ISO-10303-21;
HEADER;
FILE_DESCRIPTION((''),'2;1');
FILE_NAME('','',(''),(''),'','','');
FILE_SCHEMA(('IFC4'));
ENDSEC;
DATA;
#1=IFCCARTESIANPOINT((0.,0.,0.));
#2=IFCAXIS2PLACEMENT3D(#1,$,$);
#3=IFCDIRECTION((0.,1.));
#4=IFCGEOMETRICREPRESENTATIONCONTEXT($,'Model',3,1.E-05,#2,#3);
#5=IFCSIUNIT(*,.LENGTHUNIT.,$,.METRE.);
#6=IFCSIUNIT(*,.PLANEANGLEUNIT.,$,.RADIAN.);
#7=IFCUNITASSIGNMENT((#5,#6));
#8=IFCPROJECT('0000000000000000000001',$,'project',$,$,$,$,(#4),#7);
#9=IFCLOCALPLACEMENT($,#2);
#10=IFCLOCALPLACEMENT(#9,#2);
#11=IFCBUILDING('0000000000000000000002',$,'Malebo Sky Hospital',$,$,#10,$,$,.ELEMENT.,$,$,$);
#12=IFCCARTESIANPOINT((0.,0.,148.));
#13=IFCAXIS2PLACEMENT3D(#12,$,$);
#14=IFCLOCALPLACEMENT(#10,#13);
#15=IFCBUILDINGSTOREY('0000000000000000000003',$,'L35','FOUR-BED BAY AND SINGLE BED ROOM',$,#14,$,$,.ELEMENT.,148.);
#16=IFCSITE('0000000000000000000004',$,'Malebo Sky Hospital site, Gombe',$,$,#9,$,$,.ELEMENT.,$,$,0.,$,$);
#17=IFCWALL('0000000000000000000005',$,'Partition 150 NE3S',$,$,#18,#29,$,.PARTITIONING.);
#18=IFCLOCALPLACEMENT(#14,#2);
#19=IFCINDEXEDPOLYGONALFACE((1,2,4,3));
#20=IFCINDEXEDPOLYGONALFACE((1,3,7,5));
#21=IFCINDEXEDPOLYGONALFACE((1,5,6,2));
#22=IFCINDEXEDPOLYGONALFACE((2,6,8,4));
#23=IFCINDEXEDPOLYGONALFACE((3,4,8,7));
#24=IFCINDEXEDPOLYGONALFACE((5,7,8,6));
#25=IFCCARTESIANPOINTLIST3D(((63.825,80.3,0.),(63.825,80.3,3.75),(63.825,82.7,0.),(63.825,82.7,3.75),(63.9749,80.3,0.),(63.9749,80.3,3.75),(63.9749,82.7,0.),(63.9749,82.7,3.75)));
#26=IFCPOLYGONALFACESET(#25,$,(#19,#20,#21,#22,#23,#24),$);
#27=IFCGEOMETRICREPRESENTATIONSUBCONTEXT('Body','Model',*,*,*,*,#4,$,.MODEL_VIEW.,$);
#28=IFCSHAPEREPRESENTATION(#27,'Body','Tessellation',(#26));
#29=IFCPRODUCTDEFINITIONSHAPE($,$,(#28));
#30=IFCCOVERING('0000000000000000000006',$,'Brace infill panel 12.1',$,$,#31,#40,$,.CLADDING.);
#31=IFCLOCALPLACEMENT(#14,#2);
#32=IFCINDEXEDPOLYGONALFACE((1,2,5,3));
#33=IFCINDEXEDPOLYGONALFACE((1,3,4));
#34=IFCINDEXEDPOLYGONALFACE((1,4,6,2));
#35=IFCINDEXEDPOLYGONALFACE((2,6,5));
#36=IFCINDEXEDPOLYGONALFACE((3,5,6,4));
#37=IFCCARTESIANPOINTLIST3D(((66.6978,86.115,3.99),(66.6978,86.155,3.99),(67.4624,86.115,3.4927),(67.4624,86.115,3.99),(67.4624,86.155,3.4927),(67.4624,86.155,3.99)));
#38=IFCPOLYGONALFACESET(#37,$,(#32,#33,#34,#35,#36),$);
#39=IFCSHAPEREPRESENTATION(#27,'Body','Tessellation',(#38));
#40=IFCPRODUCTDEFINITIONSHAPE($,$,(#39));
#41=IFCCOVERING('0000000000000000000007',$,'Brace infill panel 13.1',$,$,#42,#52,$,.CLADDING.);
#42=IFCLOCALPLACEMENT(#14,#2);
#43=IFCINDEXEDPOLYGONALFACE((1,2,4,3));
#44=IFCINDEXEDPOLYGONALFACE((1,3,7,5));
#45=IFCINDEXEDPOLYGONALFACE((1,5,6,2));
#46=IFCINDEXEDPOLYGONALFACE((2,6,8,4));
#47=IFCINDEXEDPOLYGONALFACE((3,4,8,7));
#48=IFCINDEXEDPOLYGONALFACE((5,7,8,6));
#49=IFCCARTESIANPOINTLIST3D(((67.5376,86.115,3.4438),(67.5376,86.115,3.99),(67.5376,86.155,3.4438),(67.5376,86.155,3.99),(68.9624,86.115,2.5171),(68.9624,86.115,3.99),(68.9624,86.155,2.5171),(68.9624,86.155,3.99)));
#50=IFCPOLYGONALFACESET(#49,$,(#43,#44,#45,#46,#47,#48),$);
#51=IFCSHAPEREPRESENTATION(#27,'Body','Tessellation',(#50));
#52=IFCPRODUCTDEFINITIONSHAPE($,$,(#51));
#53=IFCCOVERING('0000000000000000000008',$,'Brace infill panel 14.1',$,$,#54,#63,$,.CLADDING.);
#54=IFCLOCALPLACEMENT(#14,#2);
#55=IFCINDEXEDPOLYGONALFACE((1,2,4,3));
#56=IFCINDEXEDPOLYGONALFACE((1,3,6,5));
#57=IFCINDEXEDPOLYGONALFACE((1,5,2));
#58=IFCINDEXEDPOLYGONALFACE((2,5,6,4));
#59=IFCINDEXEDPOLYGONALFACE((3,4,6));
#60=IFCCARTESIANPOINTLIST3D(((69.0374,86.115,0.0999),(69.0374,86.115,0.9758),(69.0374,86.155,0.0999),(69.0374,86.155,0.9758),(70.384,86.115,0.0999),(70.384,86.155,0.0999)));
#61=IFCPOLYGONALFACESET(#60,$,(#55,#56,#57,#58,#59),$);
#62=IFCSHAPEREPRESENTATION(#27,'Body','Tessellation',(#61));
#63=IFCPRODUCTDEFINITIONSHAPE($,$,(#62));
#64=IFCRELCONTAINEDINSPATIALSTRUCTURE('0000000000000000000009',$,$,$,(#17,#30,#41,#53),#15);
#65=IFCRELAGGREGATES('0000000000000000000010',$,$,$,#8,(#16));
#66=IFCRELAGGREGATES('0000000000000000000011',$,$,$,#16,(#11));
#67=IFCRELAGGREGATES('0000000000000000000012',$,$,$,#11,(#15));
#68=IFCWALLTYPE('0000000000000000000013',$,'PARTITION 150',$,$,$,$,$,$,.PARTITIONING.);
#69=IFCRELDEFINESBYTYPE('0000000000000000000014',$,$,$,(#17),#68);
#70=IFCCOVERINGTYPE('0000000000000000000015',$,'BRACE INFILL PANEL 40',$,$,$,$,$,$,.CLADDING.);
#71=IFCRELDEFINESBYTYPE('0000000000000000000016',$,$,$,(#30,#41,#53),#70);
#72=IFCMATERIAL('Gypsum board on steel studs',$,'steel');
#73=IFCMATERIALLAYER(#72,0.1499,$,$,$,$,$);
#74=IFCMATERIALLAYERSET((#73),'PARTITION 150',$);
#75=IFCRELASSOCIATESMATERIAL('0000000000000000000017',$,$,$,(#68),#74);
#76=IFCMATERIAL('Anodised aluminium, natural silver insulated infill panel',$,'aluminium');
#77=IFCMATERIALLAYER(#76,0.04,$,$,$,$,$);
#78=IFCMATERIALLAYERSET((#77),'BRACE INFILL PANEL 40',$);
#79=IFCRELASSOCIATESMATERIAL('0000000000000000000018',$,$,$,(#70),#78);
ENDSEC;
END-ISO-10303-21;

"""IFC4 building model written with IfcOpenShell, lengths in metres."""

from ifc_helpers import new_model, si_unit, direction, frame, frame_2d, origin, place, context, subcontext, project, spatial, polyline, rectangle, outline, extrude, material, layer, layer_set, type_object, element, save


model = new_model("IFC4")

# Units and contexts
model_context = context("Model", 3, precision=1e-05, world=origin(), true_north=direction((0.0, 1.0)))
body_context = subcontext(model_context, "Body", "Model", "MODEL_VIEW")
ifc_project = project(units=[si_unit("LENGTHUNIT", "METRE"), si_unit("PLANEANGLEUNIT", "RADIAN")], contexts=[model_context])

# Site, building, storey
site_placement = place(None, origin())
site = spatial("IfcSite", under=ifc_project, at=site_placement, Name="Malebo Sky Hospital site, Gombe", CompositionType="ELEMENT", RefElevation=0.0)
building_placement = place(site_placement, origin())
building = spatial("IfcBuilding", under=site, at=building_placement, Name="Malebo Sky Hospital", CompositionType="ELEMENT")
storey_placement = place(building_placement, frame((0.0, 0.0, 148.0)))
storey = spatial("IfcBuildingStorey", under=building, at=storey_placement, Name="L35", Description="FOUR-BED BAY AND SINGLE BED ROOM", CompositionType="ELEMENT", Elevation=148.0)

# Shared definitions
ifc_material_1 = material(Name="Gypsum board on steel studs", Category="steel")

# Shared definitions
ifc_layer_1 = layer(ifc_material_1, 0.1499)
ifc_layer_set_1 = layer_set([ifc_layer_1], Name="PARTITION 150")
wall_type_1 = type_object("IfcWallType", Name="PARTITION 150", PredefinedType="PARTITIONING", material=ifc_layer_set_1)

# Wall
wall_1_placement = place(storey_placement, frame((63.8999, 80.3, 0.0), z_axis=(0.0, 0.0, 1.0), x_axis=(0.0, 1.0, 0.0)))
element("IfcWall", 1, at=wall_1_placement, inside=storey, type_object=wall_type_1, Name="Partition 150 NE3S", PredefinedType="PARTITIONING", context=body_context, shape_type="SweptSolid", body=[
    extrude(rectangle(XDim=2.3999, YDim=0.1499, at=frame_2d((1.2, 0.0))), origin(), (0.0, 0.0, 1.0), 3.75),
])

# Coverings
ifc_material_2 = material(Name="Anodised aluminium, natural silver insulated infill panel", Category="aluminium")
ifc_layer_2 = layer(ifc_material_2, 0.04)
ifc_layer_set_2 = layer_set([ifc_layer_2], Name="BRACE INFILL PANEL 40")
covering_type = type_object("IfcCoveringType", Name="BRACE INFILL PANEL 40", PredefinedType="CLADDING", material=ifc_layer_set_2)
covering_1_placement = place(storey_placement, frame((67.0801, 86.135, 3.4927), z_axis=(0.0, 0.0, 1.0), x_axis=(1.0, 0.0, 0.0)))
element("IfcCovering", 2, at=covering_1_placement, inside=storey, type_object=covering_type, Name="Brace infill panel 12.1", PredefinedType="CLADDING", context=body_context, shape_type="SweptSolid", body=[
    extrude(outline(polyline([(0.3823, 0.0), (0.3823, 0.4973), (-0.3823, 0.4973), (0.3823, 0.0)])), frame((0.0, 0.02, 0.0), z_axis=(0.0, -1.0, 0.0), x_axis=(1.0, 0.0, 0.0)), (0.0, 0.0, 1.0), 0.04),
])
covering_2_placement = place(storey_placement, frame((68.25, 86.135, 2.5171), z_axis=(0.0, 0.0, 1.0), x_axis=(1.0, 0.0, 0.0)))
element("IfcCovering", 3, at=covering_2_placement, inside=storey, type_object=covering_type, Name="Brace infill panel 13.1", PredefinedType="CLADDING", context=body_context, shape_type="SweptSolid", body=[
    extrude(outline(polyline([(0.7124, 0.0), (0.7124, 1.4729), (-0.7124, 1.4729), (-0.7124, 0.9268), (0.7124, 0.0)])), frame((0.0, 0.02, 0.0), z_axis=(0.0, -1.0, 0.0), x_axis=(1.0, 0.0, 0.0)), (0.0, 0.0, 1.0), 0.04),
])
covering_3_placement = place(storey_placement, frame((69.7107, 86.135, 0.0999), z_axis=(0.0, 0.0, 1.0), x_axis=(1.0, 0.0, 0.0)))
element("IfcCovering", 4, at=covering_3_placement, inside=storey, type_object=covering_type, Name="Brace infill panel 14.1", PredefinedType="CLADDING", context=body_context, shape_type="SweptSolid", body=[
    extrude(outline(polyline([(-0.6733, 0.0), (0.6733, 0.0), (-0.6733, 0.876), (-0.6733, 0.0)])), frame((0.0, 0.02, 0.0), z_axis=(0.0, -1.0, 0.0), x_axis=(1.0, 0.0, 0.0)), (0.0, 0.0, 1.0), 0.04),
])

save(model, "model.ifc")
